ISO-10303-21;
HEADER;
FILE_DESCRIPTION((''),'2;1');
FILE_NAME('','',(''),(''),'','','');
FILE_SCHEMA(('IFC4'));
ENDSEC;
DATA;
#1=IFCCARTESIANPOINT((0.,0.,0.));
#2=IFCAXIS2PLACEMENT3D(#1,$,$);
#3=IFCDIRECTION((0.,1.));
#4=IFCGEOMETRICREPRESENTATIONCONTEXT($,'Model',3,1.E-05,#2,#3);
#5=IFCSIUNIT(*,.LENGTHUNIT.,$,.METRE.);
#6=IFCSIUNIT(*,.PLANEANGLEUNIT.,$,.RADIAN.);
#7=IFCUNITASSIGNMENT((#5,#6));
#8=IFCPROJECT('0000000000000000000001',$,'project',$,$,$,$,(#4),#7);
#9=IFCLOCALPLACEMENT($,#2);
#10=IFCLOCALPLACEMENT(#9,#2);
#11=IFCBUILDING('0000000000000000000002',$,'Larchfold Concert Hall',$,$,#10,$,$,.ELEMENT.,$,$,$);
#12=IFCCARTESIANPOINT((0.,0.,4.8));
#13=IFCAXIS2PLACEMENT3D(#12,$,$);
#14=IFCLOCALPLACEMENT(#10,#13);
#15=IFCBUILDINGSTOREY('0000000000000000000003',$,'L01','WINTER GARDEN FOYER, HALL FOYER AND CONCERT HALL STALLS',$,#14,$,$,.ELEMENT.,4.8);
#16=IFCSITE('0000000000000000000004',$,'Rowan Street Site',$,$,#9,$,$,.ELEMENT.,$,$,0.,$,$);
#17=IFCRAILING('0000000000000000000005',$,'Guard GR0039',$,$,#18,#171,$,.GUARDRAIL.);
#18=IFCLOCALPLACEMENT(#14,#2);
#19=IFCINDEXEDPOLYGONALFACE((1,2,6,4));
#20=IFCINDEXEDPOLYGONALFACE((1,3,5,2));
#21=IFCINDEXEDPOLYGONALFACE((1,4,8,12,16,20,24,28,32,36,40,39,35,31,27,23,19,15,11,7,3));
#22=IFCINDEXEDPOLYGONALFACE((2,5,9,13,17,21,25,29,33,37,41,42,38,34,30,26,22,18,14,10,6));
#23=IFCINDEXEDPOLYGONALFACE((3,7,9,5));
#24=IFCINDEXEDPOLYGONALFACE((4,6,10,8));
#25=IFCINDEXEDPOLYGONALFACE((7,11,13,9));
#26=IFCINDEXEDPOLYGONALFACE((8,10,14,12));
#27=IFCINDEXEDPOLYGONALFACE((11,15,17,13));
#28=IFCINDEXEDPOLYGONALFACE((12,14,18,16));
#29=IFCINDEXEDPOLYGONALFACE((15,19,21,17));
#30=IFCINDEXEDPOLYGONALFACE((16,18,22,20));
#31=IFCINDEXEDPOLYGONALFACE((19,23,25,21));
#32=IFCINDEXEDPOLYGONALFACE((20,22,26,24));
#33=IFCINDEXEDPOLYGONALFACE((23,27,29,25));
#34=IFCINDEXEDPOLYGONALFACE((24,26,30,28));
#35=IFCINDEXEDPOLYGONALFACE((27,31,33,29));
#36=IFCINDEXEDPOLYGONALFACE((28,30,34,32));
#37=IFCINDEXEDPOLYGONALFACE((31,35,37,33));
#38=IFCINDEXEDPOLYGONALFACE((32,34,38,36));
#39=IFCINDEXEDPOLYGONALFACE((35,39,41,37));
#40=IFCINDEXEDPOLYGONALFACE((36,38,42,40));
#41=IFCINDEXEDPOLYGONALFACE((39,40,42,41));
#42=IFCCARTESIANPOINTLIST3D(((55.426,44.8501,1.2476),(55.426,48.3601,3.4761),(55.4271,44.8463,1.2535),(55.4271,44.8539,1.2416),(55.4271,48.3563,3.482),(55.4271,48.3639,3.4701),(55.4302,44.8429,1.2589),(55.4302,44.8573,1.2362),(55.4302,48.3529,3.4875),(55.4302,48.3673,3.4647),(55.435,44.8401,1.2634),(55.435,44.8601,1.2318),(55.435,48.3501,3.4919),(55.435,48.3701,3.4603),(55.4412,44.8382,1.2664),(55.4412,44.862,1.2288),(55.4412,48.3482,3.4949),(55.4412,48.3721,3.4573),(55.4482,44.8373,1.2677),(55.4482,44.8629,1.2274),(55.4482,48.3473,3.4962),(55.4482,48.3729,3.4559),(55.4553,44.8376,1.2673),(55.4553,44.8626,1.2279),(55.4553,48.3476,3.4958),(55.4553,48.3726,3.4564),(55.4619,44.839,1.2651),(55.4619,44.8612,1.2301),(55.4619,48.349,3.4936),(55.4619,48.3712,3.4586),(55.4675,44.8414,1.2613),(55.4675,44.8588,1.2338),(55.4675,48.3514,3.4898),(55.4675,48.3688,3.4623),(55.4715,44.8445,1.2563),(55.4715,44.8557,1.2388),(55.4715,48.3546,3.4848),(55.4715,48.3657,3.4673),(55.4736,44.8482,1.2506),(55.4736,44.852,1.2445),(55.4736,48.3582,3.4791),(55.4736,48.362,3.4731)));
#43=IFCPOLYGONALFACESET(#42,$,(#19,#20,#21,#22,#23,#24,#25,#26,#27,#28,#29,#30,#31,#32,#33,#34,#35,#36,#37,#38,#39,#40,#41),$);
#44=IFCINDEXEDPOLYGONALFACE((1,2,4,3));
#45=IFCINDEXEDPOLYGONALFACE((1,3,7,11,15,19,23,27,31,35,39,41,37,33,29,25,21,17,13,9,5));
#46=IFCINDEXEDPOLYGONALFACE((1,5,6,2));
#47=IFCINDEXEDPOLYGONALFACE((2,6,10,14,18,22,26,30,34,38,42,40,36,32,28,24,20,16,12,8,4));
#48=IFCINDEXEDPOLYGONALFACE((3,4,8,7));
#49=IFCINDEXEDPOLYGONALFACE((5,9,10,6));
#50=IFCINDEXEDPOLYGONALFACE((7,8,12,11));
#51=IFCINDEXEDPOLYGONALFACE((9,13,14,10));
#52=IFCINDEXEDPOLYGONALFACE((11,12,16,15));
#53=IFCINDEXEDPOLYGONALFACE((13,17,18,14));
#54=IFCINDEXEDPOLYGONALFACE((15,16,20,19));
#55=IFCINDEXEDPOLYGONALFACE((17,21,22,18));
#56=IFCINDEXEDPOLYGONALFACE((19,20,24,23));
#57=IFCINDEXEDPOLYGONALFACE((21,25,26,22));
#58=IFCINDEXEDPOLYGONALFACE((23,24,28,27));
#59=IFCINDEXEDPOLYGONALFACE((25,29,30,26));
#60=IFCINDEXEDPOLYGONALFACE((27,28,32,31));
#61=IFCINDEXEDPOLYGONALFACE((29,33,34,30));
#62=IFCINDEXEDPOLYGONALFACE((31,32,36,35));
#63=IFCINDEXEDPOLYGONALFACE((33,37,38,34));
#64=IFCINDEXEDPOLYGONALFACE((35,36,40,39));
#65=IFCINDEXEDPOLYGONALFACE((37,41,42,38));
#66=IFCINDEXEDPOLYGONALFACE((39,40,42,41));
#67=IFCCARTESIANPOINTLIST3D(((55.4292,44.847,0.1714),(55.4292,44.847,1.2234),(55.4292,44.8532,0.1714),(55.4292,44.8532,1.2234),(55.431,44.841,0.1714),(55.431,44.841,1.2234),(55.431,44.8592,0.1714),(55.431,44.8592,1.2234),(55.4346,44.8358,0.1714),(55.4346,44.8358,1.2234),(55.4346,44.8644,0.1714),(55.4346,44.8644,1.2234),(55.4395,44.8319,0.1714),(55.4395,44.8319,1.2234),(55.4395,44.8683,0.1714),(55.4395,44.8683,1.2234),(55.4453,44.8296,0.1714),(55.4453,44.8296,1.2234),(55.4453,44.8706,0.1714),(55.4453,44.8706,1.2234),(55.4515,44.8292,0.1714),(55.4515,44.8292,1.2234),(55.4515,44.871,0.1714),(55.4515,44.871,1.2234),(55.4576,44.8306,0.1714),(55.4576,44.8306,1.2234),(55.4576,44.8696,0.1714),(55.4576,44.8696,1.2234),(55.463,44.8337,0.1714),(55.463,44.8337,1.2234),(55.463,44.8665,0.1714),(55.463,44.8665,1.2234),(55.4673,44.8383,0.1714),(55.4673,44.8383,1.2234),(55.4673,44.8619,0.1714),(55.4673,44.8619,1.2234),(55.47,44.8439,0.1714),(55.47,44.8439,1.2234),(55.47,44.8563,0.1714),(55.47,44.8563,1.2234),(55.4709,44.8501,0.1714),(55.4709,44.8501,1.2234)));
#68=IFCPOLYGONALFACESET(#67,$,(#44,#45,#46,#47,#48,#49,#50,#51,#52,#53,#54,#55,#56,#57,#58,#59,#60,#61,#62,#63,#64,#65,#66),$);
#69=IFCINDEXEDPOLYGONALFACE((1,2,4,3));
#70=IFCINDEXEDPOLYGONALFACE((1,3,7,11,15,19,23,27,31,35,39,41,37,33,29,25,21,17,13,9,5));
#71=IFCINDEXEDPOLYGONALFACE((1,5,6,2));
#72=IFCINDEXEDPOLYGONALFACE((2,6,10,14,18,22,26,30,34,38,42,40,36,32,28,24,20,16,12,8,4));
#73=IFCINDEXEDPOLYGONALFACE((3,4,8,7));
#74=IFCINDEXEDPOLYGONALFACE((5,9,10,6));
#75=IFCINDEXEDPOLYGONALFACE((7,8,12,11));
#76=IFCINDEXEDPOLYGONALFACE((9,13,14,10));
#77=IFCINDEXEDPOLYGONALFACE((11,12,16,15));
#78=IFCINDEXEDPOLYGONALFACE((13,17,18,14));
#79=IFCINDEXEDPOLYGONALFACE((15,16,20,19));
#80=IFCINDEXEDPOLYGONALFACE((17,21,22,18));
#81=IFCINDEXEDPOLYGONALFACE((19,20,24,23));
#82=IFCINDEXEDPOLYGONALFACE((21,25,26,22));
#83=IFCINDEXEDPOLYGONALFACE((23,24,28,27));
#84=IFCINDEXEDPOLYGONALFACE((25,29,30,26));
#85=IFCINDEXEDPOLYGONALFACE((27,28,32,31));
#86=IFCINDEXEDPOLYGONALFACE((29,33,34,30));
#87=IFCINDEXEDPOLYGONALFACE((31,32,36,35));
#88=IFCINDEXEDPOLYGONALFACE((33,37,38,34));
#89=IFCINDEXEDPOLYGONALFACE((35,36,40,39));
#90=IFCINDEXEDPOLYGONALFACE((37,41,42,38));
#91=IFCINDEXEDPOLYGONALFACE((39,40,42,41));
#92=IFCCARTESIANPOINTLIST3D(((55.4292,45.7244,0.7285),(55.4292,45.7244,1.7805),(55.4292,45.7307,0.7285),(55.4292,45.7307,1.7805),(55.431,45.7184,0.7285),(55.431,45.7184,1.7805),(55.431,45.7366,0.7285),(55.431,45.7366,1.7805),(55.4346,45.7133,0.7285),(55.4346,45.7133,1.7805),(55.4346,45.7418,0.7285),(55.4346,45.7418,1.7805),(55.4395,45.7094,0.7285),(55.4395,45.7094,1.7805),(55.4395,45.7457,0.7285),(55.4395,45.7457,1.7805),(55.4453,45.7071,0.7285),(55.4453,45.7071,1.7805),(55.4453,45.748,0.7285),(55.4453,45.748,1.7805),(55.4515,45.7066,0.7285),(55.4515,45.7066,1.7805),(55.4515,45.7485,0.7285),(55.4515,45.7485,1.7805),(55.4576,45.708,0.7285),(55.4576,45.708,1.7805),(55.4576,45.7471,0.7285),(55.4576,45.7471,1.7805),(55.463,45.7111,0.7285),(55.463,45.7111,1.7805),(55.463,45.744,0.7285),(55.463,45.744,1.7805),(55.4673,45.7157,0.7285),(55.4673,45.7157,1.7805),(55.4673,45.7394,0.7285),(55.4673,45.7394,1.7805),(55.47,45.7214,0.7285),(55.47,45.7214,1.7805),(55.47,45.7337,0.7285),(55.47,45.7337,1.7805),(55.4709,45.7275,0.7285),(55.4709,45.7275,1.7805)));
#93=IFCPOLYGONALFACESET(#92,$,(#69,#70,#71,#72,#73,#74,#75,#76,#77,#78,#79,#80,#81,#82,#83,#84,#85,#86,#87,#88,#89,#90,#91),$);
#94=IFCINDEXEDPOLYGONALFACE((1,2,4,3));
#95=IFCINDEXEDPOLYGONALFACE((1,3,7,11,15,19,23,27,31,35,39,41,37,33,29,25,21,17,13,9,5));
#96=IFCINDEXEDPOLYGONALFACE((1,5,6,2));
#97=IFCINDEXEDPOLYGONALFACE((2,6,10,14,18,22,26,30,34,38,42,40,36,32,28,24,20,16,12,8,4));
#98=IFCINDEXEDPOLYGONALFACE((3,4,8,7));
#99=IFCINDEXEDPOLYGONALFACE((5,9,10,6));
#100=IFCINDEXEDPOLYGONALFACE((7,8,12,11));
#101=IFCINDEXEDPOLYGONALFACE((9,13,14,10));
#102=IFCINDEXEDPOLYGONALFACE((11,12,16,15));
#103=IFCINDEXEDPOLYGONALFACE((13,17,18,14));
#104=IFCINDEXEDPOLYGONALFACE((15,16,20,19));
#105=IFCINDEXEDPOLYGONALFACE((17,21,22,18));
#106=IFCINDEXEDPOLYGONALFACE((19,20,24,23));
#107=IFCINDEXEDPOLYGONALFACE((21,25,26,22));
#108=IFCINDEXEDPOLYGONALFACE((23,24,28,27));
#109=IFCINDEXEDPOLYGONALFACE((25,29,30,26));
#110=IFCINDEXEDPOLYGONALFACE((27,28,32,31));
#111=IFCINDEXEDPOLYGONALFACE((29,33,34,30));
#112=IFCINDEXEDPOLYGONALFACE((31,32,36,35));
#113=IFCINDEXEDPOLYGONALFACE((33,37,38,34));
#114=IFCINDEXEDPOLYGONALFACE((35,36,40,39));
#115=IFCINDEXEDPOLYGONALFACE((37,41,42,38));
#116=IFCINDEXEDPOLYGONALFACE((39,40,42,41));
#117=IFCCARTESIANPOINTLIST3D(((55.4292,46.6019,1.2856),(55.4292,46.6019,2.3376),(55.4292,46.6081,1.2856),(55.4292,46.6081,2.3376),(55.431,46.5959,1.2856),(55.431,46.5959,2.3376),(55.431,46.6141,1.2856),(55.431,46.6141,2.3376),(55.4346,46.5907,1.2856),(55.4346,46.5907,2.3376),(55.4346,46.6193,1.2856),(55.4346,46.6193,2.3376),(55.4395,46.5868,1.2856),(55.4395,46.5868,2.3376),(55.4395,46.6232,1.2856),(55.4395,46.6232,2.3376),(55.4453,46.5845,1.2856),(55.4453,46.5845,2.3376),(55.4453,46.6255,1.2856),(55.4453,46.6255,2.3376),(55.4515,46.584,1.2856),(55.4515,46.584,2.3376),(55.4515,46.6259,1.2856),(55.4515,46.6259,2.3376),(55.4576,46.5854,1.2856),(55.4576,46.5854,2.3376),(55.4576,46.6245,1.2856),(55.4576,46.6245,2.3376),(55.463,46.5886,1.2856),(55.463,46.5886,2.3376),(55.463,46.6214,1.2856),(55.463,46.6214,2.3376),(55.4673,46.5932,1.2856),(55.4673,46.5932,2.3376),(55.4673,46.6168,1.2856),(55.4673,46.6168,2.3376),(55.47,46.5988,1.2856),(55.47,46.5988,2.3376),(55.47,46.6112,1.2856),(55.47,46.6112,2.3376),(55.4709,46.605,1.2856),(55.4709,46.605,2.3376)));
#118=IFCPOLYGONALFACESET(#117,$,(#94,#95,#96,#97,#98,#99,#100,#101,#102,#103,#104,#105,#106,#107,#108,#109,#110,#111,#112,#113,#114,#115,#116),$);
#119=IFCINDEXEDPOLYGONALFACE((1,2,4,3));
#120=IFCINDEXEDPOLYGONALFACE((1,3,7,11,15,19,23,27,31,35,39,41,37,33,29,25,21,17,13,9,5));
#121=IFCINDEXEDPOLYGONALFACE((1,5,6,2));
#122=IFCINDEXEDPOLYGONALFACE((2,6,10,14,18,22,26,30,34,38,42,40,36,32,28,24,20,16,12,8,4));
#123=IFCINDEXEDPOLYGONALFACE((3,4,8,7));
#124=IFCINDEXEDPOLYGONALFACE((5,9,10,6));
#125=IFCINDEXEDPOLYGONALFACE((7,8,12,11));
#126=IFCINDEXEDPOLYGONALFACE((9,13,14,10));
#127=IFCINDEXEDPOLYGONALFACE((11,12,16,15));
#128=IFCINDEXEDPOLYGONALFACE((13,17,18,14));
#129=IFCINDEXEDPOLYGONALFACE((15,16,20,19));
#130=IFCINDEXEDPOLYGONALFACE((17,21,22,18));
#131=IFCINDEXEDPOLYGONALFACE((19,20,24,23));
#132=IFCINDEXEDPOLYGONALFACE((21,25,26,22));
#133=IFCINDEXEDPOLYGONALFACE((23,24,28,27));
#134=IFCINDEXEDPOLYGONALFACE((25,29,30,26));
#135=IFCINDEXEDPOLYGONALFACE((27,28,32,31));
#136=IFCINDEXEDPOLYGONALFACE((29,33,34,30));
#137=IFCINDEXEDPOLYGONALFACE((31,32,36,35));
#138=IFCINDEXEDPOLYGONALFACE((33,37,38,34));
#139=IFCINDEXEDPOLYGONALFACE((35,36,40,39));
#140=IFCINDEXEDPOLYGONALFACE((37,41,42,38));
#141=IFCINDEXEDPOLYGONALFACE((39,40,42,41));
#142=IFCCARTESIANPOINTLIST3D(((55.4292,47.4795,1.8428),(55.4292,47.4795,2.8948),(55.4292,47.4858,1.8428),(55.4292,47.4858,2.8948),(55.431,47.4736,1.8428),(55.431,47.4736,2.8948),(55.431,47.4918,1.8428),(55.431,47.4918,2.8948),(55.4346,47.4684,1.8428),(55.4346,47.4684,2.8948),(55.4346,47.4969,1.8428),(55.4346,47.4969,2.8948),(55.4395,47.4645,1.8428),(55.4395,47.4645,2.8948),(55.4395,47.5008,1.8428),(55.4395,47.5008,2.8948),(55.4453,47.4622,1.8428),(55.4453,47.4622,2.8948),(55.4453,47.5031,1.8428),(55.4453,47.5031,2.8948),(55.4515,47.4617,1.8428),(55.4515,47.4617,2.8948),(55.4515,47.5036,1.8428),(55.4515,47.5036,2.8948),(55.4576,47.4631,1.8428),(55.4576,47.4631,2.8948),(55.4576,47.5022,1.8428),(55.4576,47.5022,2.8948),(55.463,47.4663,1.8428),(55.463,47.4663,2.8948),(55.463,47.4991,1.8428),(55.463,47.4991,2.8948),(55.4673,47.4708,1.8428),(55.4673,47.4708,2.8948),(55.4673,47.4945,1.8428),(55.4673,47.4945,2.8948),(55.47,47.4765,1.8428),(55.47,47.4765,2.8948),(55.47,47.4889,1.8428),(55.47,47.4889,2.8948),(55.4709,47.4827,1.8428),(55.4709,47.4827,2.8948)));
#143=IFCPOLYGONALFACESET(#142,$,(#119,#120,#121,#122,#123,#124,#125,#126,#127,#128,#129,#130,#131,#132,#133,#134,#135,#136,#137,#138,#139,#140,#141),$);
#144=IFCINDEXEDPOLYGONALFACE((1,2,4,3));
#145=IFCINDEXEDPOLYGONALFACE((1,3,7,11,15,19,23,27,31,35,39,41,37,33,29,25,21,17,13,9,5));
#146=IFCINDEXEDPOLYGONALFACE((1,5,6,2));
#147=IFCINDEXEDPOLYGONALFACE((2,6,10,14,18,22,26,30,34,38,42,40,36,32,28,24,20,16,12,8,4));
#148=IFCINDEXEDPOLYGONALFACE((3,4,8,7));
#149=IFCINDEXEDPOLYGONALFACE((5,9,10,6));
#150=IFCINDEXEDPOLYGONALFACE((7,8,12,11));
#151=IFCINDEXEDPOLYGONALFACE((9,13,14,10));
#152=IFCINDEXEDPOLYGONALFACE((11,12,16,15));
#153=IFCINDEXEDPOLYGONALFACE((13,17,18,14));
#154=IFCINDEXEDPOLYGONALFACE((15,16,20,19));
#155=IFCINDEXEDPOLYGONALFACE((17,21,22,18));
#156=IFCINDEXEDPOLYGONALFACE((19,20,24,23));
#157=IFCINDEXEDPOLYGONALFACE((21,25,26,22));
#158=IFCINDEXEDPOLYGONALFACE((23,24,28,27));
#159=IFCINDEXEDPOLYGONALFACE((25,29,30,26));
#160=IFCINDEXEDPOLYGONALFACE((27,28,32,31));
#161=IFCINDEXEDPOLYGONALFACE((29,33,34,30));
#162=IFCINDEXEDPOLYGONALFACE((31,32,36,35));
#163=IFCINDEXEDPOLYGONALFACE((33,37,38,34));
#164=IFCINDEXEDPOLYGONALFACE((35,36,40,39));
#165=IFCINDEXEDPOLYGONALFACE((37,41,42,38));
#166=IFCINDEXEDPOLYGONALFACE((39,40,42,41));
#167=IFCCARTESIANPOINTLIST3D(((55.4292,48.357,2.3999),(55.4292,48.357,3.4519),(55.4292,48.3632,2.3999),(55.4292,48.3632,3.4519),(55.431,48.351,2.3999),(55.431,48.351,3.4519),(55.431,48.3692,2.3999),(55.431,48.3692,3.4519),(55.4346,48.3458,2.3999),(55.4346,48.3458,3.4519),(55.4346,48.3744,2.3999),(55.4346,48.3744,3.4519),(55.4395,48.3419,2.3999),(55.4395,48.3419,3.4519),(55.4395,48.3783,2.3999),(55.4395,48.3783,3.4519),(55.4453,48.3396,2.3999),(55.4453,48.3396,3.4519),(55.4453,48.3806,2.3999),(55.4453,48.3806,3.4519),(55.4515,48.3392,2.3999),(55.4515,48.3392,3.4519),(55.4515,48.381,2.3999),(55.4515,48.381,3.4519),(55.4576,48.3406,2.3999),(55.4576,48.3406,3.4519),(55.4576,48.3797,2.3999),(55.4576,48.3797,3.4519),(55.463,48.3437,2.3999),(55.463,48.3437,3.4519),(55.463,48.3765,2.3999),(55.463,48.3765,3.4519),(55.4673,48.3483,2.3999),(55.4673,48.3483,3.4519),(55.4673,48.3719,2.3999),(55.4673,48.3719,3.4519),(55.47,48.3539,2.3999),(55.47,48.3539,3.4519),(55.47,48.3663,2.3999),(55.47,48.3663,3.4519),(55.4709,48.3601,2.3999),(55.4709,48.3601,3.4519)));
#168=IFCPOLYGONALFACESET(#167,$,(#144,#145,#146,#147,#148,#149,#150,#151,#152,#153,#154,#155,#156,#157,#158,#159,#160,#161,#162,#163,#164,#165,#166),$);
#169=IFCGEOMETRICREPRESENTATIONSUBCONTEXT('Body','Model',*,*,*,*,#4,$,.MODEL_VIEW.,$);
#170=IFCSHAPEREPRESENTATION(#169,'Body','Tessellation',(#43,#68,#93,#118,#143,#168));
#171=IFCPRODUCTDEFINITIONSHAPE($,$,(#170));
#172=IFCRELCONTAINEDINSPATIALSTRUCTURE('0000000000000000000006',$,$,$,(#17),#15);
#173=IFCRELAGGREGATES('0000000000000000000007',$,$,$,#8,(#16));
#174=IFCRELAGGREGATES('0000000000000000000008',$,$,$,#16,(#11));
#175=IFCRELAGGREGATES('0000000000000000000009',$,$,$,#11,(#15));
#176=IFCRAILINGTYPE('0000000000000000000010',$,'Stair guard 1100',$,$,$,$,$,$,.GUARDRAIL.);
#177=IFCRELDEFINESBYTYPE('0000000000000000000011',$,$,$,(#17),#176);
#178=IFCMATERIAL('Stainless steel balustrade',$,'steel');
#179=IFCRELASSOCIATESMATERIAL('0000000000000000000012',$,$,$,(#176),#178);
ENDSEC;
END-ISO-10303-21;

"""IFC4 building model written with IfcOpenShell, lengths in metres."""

from ifc_helpers import new_model, si_unit, direction, frame, origin, origin_2d, place, context, subcontext, project, spatial, circle, extrude, material, type_object, element, save


model = new_model("IFC4")

# Units and contexts
model_context = context("Model", 3, precision=1e-05, world=origin(), true_north=direction((0.0, 1.0)))
body_context = subcontext(model_context, "Body", "Model", "MODEL_VIEW")
ifc_project = project(units=[si_unit("LENGTHUNIT", "METRE"), si_unit("PLANEANGLEUNIT", "RADIAN")], contexts=[model_context])

# Site, building, storey
site_placement = place(None, origin())
site = spatial("IfcSite", under=ifc_project, at=site_placement, Name="Rowan Street Site", CompositionType="ELEMENT", RefElevation=0.0)
building_placement = place(site_placement, origin())
building = spatial("IfcBuilding", under=site, at=building_placement, Name="Larchfold Concert Hall", CompositionType="ELEMENT")
storey_placement = place(building_placement, frame((0.0, 0.0, 4.8)))
storey = spatial("IfcBuildingStorey", under=building, at=storey_placement, Name="L01", Description="WINTER GARDEN FOYER, HALL FOYER AND CONCERT HALL STALLS", CompositionType="ELEMENT", Elevation=4.8)

# Railing
ifc_material_1 = material(Name="Stainless steel balustrade", Category="steel")
railing_type_1 = type_object("IfcRailingType", Name="Stair guard 1100", PredefinedType="GUARDRAIL", material=ifc_material_1)
railing_1_placement = place(storey_placement, frame((55.45, 44.8501, 0.1714)))
element("IfcRailing", 1, at=railing_1_placement, inside=storey, type_object=railing_type_1, Name="Guard GR0039", PredefinedType="GUARDRAIL", context=body_context, shape_type="SweptSolid", body=[
    extrude(circle(Radius=0.0239, at=origin_2d()), frame((0.0, 0.0, 1.0762), z_axis=(0.0, 0.84422, 0.535998), x_axis=(-1.0, 0.0, 0.0)), (0.0, 0.0, 1.0), 4.1577),
    extrude(circle(Radius=0.021, at=origin_2d()), origin(), (0.0, 0.0, 1.0), 1.052),
    extrude(circle(Radius=0.021, at=origin_2d()), frame((0.0, 0.8774, 0.5571)), (0.0, 0.0, 1.0), 1.052),
    extrude(circle(Radius=0.021, at=origin_2d()), frame((0.0, 1.7549, 1.1143)), (0.0, 0.0, 1.0), 1.052),
    extrude(circle(Radius=0.021, at=origin_2d()), frame((0.0, 2.6326, 1.6714)), (0.0, 0.0, 1.0), 1.052),
    extrude(circle(Radius=0.021, at=origin_2d()), frame((0.0, 3.51, 2.2285)), (0.0, 0.0, 1.0), 1.052),
])

save(model, "model.ifc")
